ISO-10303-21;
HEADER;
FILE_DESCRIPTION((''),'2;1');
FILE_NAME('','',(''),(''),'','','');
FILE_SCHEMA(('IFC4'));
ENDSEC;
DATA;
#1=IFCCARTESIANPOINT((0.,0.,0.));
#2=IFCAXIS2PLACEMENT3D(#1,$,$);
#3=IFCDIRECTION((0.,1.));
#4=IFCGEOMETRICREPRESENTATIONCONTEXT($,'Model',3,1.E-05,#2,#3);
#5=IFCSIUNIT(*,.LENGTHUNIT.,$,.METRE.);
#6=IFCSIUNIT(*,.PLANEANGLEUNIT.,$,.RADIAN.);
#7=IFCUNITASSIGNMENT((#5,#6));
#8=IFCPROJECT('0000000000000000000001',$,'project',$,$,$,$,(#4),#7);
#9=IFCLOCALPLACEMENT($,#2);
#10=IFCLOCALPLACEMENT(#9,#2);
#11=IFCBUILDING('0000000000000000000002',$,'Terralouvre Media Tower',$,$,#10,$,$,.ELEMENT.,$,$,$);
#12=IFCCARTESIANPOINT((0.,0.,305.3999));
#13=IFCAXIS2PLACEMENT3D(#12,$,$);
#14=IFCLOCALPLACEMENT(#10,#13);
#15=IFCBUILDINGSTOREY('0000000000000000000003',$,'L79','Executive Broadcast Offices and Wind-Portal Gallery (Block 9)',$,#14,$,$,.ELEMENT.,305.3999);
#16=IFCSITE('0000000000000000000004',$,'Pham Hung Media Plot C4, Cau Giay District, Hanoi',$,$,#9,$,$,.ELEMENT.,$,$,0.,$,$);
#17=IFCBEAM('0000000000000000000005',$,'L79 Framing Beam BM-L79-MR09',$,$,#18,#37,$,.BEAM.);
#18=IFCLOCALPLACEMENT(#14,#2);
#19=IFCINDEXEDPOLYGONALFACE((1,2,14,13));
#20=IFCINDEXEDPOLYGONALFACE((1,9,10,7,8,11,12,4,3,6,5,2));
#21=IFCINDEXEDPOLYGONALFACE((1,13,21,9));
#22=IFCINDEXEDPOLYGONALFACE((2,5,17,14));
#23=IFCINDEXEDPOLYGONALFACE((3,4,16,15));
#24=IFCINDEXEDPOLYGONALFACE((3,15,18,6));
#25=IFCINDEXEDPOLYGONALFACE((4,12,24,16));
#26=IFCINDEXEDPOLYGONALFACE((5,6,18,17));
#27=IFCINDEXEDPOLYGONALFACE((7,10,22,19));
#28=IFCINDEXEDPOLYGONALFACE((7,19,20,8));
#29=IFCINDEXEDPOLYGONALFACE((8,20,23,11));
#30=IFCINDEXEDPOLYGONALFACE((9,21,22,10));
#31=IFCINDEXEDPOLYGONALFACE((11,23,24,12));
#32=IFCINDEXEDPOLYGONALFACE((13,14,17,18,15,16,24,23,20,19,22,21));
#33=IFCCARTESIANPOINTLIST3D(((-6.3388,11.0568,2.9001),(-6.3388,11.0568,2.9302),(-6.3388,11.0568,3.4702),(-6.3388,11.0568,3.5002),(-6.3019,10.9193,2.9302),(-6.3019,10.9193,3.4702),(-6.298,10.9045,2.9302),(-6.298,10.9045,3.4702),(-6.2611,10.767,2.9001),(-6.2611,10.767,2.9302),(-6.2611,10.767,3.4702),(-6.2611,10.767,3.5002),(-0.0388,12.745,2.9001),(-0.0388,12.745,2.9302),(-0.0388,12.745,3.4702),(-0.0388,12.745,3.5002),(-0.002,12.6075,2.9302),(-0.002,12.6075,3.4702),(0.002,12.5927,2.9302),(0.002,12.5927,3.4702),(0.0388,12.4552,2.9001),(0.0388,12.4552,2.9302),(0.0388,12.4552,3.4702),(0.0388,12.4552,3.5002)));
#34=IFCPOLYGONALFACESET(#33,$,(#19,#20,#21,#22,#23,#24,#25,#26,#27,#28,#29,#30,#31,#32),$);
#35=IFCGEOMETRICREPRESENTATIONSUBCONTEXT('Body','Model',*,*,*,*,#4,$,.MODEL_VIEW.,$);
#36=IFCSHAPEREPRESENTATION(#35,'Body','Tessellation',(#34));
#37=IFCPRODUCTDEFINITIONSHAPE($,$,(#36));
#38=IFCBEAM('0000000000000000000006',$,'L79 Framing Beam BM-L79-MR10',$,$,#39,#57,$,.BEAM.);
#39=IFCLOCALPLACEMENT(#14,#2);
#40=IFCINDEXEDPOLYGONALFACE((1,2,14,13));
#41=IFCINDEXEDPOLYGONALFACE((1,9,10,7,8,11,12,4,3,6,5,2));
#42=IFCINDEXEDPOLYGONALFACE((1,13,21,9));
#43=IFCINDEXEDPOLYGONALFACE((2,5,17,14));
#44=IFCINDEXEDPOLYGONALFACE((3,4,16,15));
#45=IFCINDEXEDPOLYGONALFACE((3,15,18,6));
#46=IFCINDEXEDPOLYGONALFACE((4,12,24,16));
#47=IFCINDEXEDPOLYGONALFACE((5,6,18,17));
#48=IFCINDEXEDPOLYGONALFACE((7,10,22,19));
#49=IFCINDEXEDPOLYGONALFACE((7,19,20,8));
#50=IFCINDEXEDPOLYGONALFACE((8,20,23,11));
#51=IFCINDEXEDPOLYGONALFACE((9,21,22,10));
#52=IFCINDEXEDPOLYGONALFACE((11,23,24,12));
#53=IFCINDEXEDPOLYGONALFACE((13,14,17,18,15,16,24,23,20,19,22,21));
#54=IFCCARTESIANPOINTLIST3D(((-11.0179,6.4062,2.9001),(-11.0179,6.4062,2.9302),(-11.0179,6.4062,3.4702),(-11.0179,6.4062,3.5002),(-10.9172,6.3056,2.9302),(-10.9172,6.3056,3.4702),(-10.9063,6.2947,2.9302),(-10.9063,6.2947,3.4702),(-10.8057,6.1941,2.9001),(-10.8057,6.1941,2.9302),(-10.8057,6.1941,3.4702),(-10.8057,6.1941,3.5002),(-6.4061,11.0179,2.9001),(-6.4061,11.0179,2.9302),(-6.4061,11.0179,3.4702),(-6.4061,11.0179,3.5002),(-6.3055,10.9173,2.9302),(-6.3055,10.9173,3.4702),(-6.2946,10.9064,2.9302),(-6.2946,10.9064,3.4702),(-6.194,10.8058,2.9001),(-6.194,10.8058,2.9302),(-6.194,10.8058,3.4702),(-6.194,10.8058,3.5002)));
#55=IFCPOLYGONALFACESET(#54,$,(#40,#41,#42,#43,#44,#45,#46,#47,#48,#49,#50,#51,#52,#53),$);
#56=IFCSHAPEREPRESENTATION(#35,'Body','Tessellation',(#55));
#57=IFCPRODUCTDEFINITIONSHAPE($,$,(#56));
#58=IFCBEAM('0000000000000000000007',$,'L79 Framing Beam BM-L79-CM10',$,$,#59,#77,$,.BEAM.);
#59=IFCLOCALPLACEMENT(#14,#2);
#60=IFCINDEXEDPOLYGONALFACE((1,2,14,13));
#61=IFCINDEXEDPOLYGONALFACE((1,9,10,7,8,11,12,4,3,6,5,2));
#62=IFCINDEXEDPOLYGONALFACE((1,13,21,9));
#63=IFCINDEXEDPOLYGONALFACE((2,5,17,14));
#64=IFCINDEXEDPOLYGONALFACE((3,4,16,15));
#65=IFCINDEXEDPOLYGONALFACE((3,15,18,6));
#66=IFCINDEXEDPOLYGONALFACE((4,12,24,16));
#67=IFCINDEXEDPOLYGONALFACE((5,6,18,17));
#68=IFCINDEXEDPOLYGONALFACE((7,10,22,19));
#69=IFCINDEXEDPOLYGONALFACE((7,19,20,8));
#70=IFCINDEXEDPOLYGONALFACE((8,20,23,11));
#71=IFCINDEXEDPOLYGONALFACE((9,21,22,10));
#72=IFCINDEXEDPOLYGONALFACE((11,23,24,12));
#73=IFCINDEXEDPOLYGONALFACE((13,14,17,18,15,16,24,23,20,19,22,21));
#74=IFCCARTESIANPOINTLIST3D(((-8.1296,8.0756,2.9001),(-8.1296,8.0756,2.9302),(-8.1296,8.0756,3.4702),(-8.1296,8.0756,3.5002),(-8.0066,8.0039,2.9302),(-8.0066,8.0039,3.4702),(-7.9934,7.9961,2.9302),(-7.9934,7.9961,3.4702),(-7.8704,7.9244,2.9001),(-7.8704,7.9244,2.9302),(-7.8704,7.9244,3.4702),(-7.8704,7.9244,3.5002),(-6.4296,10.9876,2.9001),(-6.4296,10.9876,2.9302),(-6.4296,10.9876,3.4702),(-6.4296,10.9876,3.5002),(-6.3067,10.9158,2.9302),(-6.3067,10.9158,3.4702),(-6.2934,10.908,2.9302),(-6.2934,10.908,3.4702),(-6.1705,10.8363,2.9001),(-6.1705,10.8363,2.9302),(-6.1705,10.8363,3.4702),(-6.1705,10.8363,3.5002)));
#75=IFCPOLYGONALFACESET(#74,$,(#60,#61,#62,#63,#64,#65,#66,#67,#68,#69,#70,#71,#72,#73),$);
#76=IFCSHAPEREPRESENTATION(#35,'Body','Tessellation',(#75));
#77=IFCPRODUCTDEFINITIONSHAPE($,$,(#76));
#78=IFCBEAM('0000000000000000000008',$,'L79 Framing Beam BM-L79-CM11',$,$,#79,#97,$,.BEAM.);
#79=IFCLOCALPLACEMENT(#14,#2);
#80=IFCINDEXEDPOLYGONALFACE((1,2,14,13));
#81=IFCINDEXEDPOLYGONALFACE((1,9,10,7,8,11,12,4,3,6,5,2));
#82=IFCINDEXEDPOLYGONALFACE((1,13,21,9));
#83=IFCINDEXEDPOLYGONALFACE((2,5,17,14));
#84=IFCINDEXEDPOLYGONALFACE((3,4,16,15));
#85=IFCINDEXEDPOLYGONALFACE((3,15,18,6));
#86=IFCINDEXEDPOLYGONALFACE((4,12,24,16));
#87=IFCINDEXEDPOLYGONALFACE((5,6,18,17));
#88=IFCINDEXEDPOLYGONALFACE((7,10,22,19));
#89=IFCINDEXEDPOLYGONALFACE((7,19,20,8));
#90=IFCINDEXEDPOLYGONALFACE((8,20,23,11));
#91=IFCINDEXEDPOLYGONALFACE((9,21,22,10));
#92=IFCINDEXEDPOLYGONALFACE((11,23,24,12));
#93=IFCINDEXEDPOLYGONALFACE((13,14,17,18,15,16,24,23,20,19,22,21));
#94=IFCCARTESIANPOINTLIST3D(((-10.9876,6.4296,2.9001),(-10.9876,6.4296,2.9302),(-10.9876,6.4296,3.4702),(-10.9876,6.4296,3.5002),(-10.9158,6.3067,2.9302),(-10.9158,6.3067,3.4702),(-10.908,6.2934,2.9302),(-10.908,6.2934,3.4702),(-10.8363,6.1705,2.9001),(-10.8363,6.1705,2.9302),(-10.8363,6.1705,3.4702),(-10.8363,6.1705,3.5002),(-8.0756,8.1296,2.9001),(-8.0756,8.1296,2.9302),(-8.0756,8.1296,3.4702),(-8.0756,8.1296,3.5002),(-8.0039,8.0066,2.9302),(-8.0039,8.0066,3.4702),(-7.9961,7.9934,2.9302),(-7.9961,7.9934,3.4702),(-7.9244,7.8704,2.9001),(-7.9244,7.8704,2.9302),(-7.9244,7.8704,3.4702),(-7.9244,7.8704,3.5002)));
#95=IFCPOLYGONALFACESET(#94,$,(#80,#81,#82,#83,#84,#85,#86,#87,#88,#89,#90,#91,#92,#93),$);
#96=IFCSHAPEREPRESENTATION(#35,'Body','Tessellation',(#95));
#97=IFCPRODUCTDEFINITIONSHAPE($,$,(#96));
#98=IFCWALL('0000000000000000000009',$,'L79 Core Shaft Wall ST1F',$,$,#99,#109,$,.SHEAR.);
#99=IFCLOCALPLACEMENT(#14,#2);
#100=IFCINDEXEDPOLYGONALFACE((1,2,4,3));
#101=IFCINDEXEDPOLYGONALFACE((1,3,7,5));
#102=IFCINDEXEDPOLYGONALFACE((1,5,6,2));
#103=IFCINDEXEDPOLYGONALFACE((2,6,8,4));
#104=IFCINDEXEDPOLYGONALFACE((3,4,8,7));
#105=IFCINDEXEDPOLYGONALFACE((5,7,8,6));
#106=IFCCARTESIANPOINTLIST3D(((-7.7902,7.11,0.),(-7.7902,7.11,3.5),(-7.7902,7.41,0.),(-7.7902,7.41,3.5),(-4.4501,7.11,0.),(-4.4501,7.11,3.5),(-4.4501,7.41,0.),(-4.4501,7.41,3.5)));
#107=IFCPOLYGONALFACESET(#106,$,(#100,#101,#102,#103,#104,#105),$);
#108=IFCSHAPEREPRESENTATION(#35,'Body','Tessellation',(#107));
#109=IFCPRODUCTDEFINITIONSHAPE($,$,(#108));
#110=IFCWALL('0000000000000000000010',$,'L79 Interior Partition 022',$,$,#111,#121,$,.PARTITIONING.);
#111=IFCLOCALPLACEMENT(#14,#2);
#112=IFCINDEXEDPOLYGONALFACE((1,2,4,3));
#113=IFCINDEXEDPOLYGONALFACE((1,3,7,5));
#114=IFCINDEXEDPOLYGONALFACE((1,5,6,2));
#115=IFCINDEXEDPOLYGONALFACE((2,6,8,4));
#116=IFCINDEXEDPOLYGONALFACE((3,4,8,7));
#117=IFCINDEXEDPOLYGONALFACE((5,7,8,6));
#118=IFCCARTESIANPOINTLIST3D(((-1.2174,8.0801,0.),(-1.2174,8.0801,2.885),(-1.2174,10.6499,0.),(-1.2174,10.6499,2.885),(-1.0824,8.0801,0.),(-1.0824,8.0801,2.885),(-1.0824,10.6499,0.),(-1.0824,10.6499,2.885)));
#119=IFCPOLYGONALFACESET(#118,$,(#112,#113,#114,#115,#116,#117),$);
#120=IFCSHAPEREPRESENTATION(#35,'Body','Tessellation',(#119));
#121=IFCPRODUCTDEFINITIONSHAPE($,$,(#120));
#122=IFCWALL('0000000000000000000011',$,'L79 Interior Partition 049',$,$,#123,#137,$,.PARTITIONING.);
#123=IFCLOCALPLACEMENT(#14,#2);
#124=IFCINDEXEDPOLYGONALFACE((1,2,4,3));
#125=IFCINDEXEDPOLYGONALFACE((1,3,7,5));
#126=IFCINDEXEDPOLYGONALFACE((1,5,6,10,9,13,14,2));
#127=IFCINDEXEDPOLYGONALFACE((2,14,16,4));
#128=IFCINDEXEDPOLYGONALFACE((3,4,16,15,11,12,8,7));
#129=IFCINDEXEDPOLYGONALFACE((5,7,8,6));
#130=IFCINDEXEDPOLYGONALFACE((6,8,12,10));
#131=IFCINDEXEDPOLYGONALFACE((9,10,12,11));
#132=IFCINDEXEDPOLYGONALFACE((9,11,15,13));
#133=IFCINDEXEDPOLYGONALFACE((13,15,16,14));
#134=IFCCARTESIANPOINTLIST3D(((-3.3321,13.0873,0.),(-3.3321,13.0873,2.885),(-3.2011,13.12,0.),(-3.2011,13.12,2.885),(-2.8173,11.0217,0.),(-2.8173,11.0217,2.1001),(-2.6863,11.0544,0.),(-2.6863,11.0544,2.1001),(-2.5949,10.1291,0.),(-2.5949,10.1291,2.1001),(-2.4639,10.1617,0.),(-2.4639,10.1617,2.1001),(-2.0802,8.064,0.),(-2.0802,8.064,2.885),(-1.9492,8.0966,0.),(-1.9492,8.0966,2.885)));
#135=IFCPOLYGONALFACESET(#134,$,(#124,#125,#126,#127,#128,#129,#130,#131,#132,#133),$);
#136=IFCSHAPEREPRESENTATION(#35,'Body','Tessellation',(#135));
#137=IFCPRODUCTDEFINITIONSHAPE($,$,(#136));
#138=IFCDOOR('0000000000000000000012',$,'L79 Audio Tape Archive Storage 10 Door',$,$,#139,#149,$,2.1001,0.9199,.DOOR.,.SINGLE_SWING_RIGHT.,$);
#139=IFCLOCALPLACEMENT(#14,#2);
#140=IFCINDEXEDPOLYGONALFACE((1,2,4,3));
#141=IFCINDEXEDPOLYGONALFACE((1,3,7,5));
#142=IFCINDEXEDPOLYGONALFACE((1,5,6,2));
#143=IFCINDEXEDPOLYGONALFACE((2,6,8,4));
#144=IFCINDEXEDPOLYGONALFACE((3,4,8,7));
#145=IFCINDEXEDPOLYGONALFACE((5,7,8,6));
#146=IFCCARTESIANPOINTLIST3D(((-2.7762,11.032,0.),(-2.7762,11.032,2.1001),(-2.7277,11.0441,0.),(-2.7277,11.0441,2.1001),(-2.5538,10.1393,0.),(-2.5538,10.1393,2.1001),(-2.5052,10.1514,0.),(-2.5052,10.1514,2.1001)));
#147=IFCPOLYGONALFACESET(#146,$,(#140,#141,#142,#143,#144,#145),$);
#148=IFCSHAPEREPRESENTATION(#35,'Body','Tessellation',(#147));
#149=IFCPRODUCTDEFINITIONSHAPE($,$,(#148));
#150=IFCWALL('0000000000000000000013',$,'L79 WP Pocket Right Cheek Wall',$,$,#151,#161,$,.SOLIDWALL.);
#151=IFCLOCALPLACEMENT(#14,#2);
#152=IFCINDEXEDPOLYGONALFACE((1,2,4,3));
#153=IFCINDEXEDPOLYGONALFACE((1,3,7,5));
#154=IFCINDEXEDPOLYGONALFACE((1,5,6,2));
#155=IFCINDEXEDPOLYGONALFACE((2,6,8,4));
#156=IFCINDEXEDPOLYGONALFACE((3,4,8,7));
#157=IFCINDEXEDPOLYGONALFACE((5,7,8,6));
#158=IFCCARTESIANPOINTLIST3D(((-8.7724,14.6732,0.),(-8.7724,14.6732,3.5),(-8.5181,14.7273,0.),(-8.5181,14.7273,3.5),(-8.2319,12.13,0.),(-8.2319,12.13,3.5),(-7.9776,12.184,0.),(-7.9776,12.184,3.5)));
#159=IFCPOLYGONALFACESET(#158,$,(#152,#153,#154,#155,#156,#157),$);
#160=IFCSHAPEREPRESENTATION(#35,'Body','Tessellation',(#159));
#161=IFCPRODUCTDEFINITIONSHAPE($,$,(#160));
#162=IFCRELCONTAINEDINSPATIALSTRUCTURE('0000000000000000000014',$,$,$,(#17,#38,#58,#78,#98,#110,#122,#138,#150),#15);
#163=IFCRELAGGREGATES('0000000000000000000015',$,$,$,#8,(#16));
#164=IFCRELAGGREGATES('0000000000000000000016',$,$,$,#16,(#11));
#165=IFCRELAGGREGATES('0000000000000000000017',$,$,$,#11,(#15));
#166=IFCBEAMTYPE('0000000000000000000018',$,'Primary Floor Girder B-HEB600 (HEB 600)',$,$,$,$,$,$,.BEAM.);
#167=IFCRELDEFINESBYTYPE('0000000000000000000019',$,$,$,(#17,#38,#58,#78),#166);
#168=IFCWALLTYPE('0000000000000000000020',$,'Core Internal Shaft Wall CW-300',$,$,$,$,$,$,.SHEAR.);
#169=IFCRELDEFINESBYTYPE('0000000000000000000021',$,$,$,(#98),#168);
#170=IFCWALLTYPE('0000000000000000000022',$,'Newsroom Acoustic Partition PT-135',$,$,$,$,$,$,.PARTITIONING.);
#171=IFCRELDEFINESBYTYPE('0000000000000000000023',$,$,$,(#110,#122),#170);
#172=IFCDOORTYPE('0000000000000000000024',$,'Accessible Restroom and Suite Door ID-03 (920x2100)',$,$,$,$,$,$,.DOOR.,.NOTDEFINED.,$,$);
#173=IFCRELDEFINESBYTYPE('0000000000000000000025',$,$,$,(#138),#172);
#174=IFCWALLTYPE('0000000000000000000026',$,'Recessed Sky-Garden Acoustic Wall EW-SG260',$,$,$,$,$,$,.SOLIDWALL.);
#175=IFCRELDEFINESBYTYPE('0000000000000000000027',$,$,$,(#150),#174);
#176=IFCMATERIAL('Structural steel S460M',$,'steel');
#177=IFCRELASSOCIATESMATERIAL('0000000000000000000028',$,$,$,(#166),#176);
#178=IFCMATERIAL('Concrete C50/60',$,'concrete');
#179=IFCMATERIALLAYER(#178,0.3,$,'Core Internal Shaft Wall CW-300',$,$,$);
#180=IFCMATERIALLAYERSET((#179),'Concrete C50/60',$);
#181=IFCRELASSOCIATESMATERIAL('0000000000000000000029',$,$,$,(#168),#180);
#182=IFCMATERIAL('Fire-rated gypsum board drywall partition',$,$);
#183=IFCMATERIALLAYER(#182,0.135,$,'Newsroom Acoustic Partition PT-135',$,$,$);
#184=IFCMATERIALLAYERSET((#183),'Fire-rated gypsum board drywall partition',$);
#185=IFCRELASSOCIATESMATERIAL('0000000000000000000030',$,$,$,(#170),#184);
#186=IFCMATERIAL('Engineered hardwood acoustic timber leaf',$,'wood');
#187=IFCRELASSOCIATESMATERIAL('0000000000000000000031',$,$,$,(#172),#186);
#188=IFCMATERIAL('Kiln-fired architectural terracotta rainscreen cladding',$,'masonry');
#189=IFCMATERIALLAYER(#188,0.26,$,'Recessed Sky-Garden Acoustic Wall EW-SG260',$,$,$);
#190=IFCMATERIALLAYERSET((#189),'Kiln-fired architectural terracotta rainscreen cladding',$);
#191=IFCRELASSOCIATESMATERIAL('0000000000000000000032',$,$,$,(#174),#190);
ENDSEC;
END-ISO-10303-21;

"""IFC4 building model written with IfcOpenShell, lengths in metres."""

from ifc_helpers import new_model, si_unit, direction, frame, frame_2d, origin, origin_2d, place, context, subcontext, project, spatial, rectangle, i_section, extrude, material, layer, layer_set, material_profile, profile_set, type_object, element, fill, save


model = new_model("IFC4")

# Units and contexts
model_context = context("Model", 3, precision=1e-05, world=origin(), true_north=direction((0.0, 1.0)))
body_context = subcontext(model_context, "Body", "Model", "MODEL_VIEW")
ifc_project = project(units=[si_unit("LENGTHUNIT", "METRE"), si_unit("PLANEANGLEUNIT", "RADIAN")], contexts=[model_context])

# Site, building, storey
site_placement = place(None, origin())
site = spatial("IfcSite", under=ifc_project, at=site_placement, Name="Pham Hung Media Plot C4, Cau Giay District, Hanoi", CompositionType="ELEMENT", RefElevation=0.0)
building_placement = place(site_placement, origin())
building = spatial("IfcBuilding", under=site, at=building_placement, Name="Terralouvre Media Tower", CompositionType="ELEMENT")
storey_placement = place(building_placement, frame((0.0, 0.0, 305.3999)))
storey = spatial("IfcBuildingStorey", under=building, at=storey_placement, Name="L79", Description="Executive Broadcast Offices and Wind-Portal Gallery (Block 9)", CompositionType="ELEMENT", Elevation=305.3999)

# Beams
ifc_material_1 = material(Name="Structural steel S460M", Category="steel")
ifc_material_profile_1 = material_profile(ifc_material_1, i_section(OverallWidth=0.3, OverallDepth=0.6001, WebThickness=0.0154, FlangeThickness=0.03, at=origin_2d()), Name="HEB 600")
ifc_profile_set_1 = profile_set([ifc_material_profile_1], Name="Structural steel S460M")
beam_type_1 = type_object("IfcBeamType", Name="Primary Floor Girder B-HEB600 (HEB 600)", PredefinedType="BEAM", material=ifc_profile_set_1)
beam_1_placement = place(storey_placement, frame((0.0, 12.6001, 3.2002), z_axis=(-0.96592, -0.258839, 0.0), x_axis=(0.258839, -0.96592, 0.0)))
element("IfcBeam", 1, at=beam_1_placement, inside=storey, type_object=beam_type_1, Name="L79 Framing Beam BM-L79-MR09", PredefinedType="BEAM", context=body_context, shape_type="SweptSolid", body=[
    extrude(i_section(OverallWidth=0.3, OverallDepth=0.6001, WebThickness=0.0154, FlangeThickness=0.03, at=origin_2d()), origin(), (0.0, 0.0, 1.0), 6.5222),
])
beam_2_placement = place(storey_placement, frame((-6.3, 10.9119, 3.2002), z_axis=(-0.707107, -0.707107, 0.0), x_axis=(0.707107, -0.707107, 0.0)))
element("IfcBeam", 2, at=beam_2_placement, inside=storey, type_object=beam_type_1, Name="L79 Framing Beam BM-L79-MR10", PredefinedType="BEAM", context=body_context, shape_type="SweptSolid", body=[
    extrude(i_section(OverallWidth=0.3, OverallDepth=0.6001, WebThickness=0.0154, FlangeThickness=0.03, at=origin_2d()), origin(), (0.0, 0.0, 1.0), 6.522),
])
for number, where, z_axis, x_axis, name in (
    (3, (-8.0, 8.0, 3.2002), (0.504173, 0.863603, 0.0), (-0.863603, 0.504173, 0.0), "L79 Framing Beam BM-L79-CM10"),
    (4, (-8.0, 8.0, 3.2002), (-0.863603, -0.504173, 0.0), (0.504173, -0.863603, 0.0), "L79 Framing Beam BM-L79-CM11"),
):
    element("IfcBeam", number, at=place(storey_placement, frame(where, z_axis=z_axis, x_axis=x_axis)), inside=storey, type_object=beam_type_1, Name=name, PredefinedType="BEAM", context=body_context, shape_type="SweptSolid", body=[
        extrude(i_section(OverallWidth=0.3, OverallDepth=0.6001, WebThickness=0.0154, FlangeThickness=0.03, at=origin_2d()), origin(), (0.0, 0.0, 1.0), 3.3718),
    ])

# Wall
ifc_material_2 = material(Name="Concrete C50/60", Category="concrete")
ifc_layer_1 = layer(ifc_material_2, 0.3, Name="Core Internal Shaft Wall CW-300")
ifc_layer_set_1 = layer_set([ifc_layer_1], Name="Concrete C50/60")
wall_type_1 = type_object("IfcWallType", Name="Core Internal Shaft Wall CW-300", PredefinedType="SHEAR", material=ifc_layer_set_1)
wall_1_placement = place(storey_placement, frame((-7.79, 7.26, 0.0), z_axis=(0.0, 0.0, 1.0), x_axis=(1.0, 0.0, 0.0)))
element("IfcWall", 5, at=wall_1_placement, inside=storey, type_object=wall_type_1, Name="L79 Core Shaft Wall ST1F", PredefinedType="SHEAR", context=body_context, shape_type="SweptSolid", body=[
    extrude(rectangle(XDim=3.3401, YDim=0.3, at=frame_2d((1.6699, 0.0))), origin(), (0.0, 0.0, 1.0), 3.5),
])

# Wall
ifc_material_3 = material(Name="Fire-rated gypsum board drywall partition")
ifc_layer_2 = layer(ifc_material_3, 0.135, Name="Newsroom Acoustic Partition PT-135")
ifc_layer_set_2 = layer_set([ifc_layer_2], Name="Fire-rated gypsum board drywall partition")
wall_type_2 = type_object("IfcWallType", Name="Newsroom Acoustic Partition PT-135", PredefinedType="PARTITIONING", material=ifc_layer_set_2)
wall_2_placement = place(storey_placement, frame((-1.1499, 10.6499, 0.0), z_axis=(0.0, 0.0, 1.0), x_axis=(0.0, -1.0, 0.0)))
element("IfcWall", 6, at=wall_2_placement, inside=storey, type_object=wall_type_2, Name="L79 Interior Partition 022", PredefinedType="PARTITIONING", context=body_context, shape_type="SweptSolid", body=[
    extrude(rectangle(XDim=2.5698, YDim=0.135, at=frame_2d((1.2849, 0.0))), origin(), (0.0, 0.0, 1.0), 2.885),
])

# Wall, opening, door
wall_3_placement = place(storey_placement, frame((-3.2666, 13.1035, 0.0), z_axis=(0.0, 0.0, 1.0), x_axis=(0.241825, -0.97032, 0.0)))
wall_3 = element("IfcWall", 7, at=wall_3_placement, inside=storey, type_object=wall_type_2, Name="L79 Interior Partition 049", PredefinedType="PARTITIONING", context=body_context, shape_type="SweptSolid", body=[
    extrude(rectangle(XDim=5.177, YDim=0.135, at=frame_2d((2.5884, 0.0))), origin(), (0.0, 0.0, 1.0), 2.885),
])
opening_1_placement = place(wall_3_placement, frame((2.1287, 0.0, 0.0)))
opening_1 = element("IfcOpeningElement", 8, at=opening_1_placement, cuts=wall_3, PredefinedType="OPENING", context=body_context, shape_type="SweptSolid", body=[
    extrude(rectangle(XDim=0.9199, YDim=2.1001, at=frame_2d((0.46, 1.05))), frame((0.0, 0.0774, 0.0), z_axis=(0.0, -1.0, 0.0), x_axis=(1.0, 0.0, 0.0)), (0.0, 0.0, 1.0), 0.155),
])
ifc_material_4 = material(Name="Engineered hardwood acoustic timber leaf", Category="wood")
door_type_1 = type_object("IfcDoorType", Name="Accessible Restroom and Suite Door ID-03 (920x2100)", OperationType="NOTDEFINED", PredefinedType="DOOR", material=ifc_material_4)
door_1_placement = place(opening_1_placement, origin())
door_1 = element("IfcDoor", 9, at=door_1_placement, inside=storey, type_object=door_type_1, Name="L79 Audio Tape Archive Storage 10 Door", OperationType="SINGLE_SWING_RIGHT", OverallHeight=2.1001, OverallWidth=0.9199, PredefinedType="DOOR", context=body_context, shape_type="SweptSolid", body=[
    extrude(rectangle(XDim=0.9199, YDim=2.1001, at=frame_2d((0.46, 1.05))), frame((0.0, 0.0249, 0.0), z_axis=(0.0, -1.0, 0.0), x_axis=(1.0, 0.0, 0.0)), (0.0, 0.0, 1.0), 0.05),
])
fill(opening_1, door_1)

# Wall
ifc_material_5 = material(Name="Kiln-fired architectural terracotta rainscreen cladding", Category="masonry")
ifc_layer_3 = layer(ifc_material_5, 0.26, Name="Recessed Sky-Garden Acoustic Wall EW-SG260")
ifc_layer_set_3 = layer_set([ifc_layer_3], Name="Kiln-fired architectural terracotta rainscreen cladding")
wall_type_3 = type_object("IfcWallType", Name="Recessed Sky-Garden Acoustic Wall EW-SG260", PredefinedType="SOLIDWALL", material=ifc_layer_set_3)
wall_4_placement = place(storey_placement, frame((-8.1047, 12.157, 0.0), z_axis=(0.0, 0.0, 1.0), x_axis=(-0.207894, 0.978151, 0.0)))
element("IfcWall", 10, at=wall_4_placement, inside=storey, type_object=wall_type_3, Name="L79 WP Pocket Right Cheek Wall", PredefinedType="SOLIDWALL", context=body_context, shape_type="SweptSolid", body=[
    extrude(rectangle(XDim=2.6001, YDim=0.26, at=frame_2d((1.3, 0.0))), origin(), (0.0, 0.0, 1.0), 3.5),
])

save(model, "model.ifc")
